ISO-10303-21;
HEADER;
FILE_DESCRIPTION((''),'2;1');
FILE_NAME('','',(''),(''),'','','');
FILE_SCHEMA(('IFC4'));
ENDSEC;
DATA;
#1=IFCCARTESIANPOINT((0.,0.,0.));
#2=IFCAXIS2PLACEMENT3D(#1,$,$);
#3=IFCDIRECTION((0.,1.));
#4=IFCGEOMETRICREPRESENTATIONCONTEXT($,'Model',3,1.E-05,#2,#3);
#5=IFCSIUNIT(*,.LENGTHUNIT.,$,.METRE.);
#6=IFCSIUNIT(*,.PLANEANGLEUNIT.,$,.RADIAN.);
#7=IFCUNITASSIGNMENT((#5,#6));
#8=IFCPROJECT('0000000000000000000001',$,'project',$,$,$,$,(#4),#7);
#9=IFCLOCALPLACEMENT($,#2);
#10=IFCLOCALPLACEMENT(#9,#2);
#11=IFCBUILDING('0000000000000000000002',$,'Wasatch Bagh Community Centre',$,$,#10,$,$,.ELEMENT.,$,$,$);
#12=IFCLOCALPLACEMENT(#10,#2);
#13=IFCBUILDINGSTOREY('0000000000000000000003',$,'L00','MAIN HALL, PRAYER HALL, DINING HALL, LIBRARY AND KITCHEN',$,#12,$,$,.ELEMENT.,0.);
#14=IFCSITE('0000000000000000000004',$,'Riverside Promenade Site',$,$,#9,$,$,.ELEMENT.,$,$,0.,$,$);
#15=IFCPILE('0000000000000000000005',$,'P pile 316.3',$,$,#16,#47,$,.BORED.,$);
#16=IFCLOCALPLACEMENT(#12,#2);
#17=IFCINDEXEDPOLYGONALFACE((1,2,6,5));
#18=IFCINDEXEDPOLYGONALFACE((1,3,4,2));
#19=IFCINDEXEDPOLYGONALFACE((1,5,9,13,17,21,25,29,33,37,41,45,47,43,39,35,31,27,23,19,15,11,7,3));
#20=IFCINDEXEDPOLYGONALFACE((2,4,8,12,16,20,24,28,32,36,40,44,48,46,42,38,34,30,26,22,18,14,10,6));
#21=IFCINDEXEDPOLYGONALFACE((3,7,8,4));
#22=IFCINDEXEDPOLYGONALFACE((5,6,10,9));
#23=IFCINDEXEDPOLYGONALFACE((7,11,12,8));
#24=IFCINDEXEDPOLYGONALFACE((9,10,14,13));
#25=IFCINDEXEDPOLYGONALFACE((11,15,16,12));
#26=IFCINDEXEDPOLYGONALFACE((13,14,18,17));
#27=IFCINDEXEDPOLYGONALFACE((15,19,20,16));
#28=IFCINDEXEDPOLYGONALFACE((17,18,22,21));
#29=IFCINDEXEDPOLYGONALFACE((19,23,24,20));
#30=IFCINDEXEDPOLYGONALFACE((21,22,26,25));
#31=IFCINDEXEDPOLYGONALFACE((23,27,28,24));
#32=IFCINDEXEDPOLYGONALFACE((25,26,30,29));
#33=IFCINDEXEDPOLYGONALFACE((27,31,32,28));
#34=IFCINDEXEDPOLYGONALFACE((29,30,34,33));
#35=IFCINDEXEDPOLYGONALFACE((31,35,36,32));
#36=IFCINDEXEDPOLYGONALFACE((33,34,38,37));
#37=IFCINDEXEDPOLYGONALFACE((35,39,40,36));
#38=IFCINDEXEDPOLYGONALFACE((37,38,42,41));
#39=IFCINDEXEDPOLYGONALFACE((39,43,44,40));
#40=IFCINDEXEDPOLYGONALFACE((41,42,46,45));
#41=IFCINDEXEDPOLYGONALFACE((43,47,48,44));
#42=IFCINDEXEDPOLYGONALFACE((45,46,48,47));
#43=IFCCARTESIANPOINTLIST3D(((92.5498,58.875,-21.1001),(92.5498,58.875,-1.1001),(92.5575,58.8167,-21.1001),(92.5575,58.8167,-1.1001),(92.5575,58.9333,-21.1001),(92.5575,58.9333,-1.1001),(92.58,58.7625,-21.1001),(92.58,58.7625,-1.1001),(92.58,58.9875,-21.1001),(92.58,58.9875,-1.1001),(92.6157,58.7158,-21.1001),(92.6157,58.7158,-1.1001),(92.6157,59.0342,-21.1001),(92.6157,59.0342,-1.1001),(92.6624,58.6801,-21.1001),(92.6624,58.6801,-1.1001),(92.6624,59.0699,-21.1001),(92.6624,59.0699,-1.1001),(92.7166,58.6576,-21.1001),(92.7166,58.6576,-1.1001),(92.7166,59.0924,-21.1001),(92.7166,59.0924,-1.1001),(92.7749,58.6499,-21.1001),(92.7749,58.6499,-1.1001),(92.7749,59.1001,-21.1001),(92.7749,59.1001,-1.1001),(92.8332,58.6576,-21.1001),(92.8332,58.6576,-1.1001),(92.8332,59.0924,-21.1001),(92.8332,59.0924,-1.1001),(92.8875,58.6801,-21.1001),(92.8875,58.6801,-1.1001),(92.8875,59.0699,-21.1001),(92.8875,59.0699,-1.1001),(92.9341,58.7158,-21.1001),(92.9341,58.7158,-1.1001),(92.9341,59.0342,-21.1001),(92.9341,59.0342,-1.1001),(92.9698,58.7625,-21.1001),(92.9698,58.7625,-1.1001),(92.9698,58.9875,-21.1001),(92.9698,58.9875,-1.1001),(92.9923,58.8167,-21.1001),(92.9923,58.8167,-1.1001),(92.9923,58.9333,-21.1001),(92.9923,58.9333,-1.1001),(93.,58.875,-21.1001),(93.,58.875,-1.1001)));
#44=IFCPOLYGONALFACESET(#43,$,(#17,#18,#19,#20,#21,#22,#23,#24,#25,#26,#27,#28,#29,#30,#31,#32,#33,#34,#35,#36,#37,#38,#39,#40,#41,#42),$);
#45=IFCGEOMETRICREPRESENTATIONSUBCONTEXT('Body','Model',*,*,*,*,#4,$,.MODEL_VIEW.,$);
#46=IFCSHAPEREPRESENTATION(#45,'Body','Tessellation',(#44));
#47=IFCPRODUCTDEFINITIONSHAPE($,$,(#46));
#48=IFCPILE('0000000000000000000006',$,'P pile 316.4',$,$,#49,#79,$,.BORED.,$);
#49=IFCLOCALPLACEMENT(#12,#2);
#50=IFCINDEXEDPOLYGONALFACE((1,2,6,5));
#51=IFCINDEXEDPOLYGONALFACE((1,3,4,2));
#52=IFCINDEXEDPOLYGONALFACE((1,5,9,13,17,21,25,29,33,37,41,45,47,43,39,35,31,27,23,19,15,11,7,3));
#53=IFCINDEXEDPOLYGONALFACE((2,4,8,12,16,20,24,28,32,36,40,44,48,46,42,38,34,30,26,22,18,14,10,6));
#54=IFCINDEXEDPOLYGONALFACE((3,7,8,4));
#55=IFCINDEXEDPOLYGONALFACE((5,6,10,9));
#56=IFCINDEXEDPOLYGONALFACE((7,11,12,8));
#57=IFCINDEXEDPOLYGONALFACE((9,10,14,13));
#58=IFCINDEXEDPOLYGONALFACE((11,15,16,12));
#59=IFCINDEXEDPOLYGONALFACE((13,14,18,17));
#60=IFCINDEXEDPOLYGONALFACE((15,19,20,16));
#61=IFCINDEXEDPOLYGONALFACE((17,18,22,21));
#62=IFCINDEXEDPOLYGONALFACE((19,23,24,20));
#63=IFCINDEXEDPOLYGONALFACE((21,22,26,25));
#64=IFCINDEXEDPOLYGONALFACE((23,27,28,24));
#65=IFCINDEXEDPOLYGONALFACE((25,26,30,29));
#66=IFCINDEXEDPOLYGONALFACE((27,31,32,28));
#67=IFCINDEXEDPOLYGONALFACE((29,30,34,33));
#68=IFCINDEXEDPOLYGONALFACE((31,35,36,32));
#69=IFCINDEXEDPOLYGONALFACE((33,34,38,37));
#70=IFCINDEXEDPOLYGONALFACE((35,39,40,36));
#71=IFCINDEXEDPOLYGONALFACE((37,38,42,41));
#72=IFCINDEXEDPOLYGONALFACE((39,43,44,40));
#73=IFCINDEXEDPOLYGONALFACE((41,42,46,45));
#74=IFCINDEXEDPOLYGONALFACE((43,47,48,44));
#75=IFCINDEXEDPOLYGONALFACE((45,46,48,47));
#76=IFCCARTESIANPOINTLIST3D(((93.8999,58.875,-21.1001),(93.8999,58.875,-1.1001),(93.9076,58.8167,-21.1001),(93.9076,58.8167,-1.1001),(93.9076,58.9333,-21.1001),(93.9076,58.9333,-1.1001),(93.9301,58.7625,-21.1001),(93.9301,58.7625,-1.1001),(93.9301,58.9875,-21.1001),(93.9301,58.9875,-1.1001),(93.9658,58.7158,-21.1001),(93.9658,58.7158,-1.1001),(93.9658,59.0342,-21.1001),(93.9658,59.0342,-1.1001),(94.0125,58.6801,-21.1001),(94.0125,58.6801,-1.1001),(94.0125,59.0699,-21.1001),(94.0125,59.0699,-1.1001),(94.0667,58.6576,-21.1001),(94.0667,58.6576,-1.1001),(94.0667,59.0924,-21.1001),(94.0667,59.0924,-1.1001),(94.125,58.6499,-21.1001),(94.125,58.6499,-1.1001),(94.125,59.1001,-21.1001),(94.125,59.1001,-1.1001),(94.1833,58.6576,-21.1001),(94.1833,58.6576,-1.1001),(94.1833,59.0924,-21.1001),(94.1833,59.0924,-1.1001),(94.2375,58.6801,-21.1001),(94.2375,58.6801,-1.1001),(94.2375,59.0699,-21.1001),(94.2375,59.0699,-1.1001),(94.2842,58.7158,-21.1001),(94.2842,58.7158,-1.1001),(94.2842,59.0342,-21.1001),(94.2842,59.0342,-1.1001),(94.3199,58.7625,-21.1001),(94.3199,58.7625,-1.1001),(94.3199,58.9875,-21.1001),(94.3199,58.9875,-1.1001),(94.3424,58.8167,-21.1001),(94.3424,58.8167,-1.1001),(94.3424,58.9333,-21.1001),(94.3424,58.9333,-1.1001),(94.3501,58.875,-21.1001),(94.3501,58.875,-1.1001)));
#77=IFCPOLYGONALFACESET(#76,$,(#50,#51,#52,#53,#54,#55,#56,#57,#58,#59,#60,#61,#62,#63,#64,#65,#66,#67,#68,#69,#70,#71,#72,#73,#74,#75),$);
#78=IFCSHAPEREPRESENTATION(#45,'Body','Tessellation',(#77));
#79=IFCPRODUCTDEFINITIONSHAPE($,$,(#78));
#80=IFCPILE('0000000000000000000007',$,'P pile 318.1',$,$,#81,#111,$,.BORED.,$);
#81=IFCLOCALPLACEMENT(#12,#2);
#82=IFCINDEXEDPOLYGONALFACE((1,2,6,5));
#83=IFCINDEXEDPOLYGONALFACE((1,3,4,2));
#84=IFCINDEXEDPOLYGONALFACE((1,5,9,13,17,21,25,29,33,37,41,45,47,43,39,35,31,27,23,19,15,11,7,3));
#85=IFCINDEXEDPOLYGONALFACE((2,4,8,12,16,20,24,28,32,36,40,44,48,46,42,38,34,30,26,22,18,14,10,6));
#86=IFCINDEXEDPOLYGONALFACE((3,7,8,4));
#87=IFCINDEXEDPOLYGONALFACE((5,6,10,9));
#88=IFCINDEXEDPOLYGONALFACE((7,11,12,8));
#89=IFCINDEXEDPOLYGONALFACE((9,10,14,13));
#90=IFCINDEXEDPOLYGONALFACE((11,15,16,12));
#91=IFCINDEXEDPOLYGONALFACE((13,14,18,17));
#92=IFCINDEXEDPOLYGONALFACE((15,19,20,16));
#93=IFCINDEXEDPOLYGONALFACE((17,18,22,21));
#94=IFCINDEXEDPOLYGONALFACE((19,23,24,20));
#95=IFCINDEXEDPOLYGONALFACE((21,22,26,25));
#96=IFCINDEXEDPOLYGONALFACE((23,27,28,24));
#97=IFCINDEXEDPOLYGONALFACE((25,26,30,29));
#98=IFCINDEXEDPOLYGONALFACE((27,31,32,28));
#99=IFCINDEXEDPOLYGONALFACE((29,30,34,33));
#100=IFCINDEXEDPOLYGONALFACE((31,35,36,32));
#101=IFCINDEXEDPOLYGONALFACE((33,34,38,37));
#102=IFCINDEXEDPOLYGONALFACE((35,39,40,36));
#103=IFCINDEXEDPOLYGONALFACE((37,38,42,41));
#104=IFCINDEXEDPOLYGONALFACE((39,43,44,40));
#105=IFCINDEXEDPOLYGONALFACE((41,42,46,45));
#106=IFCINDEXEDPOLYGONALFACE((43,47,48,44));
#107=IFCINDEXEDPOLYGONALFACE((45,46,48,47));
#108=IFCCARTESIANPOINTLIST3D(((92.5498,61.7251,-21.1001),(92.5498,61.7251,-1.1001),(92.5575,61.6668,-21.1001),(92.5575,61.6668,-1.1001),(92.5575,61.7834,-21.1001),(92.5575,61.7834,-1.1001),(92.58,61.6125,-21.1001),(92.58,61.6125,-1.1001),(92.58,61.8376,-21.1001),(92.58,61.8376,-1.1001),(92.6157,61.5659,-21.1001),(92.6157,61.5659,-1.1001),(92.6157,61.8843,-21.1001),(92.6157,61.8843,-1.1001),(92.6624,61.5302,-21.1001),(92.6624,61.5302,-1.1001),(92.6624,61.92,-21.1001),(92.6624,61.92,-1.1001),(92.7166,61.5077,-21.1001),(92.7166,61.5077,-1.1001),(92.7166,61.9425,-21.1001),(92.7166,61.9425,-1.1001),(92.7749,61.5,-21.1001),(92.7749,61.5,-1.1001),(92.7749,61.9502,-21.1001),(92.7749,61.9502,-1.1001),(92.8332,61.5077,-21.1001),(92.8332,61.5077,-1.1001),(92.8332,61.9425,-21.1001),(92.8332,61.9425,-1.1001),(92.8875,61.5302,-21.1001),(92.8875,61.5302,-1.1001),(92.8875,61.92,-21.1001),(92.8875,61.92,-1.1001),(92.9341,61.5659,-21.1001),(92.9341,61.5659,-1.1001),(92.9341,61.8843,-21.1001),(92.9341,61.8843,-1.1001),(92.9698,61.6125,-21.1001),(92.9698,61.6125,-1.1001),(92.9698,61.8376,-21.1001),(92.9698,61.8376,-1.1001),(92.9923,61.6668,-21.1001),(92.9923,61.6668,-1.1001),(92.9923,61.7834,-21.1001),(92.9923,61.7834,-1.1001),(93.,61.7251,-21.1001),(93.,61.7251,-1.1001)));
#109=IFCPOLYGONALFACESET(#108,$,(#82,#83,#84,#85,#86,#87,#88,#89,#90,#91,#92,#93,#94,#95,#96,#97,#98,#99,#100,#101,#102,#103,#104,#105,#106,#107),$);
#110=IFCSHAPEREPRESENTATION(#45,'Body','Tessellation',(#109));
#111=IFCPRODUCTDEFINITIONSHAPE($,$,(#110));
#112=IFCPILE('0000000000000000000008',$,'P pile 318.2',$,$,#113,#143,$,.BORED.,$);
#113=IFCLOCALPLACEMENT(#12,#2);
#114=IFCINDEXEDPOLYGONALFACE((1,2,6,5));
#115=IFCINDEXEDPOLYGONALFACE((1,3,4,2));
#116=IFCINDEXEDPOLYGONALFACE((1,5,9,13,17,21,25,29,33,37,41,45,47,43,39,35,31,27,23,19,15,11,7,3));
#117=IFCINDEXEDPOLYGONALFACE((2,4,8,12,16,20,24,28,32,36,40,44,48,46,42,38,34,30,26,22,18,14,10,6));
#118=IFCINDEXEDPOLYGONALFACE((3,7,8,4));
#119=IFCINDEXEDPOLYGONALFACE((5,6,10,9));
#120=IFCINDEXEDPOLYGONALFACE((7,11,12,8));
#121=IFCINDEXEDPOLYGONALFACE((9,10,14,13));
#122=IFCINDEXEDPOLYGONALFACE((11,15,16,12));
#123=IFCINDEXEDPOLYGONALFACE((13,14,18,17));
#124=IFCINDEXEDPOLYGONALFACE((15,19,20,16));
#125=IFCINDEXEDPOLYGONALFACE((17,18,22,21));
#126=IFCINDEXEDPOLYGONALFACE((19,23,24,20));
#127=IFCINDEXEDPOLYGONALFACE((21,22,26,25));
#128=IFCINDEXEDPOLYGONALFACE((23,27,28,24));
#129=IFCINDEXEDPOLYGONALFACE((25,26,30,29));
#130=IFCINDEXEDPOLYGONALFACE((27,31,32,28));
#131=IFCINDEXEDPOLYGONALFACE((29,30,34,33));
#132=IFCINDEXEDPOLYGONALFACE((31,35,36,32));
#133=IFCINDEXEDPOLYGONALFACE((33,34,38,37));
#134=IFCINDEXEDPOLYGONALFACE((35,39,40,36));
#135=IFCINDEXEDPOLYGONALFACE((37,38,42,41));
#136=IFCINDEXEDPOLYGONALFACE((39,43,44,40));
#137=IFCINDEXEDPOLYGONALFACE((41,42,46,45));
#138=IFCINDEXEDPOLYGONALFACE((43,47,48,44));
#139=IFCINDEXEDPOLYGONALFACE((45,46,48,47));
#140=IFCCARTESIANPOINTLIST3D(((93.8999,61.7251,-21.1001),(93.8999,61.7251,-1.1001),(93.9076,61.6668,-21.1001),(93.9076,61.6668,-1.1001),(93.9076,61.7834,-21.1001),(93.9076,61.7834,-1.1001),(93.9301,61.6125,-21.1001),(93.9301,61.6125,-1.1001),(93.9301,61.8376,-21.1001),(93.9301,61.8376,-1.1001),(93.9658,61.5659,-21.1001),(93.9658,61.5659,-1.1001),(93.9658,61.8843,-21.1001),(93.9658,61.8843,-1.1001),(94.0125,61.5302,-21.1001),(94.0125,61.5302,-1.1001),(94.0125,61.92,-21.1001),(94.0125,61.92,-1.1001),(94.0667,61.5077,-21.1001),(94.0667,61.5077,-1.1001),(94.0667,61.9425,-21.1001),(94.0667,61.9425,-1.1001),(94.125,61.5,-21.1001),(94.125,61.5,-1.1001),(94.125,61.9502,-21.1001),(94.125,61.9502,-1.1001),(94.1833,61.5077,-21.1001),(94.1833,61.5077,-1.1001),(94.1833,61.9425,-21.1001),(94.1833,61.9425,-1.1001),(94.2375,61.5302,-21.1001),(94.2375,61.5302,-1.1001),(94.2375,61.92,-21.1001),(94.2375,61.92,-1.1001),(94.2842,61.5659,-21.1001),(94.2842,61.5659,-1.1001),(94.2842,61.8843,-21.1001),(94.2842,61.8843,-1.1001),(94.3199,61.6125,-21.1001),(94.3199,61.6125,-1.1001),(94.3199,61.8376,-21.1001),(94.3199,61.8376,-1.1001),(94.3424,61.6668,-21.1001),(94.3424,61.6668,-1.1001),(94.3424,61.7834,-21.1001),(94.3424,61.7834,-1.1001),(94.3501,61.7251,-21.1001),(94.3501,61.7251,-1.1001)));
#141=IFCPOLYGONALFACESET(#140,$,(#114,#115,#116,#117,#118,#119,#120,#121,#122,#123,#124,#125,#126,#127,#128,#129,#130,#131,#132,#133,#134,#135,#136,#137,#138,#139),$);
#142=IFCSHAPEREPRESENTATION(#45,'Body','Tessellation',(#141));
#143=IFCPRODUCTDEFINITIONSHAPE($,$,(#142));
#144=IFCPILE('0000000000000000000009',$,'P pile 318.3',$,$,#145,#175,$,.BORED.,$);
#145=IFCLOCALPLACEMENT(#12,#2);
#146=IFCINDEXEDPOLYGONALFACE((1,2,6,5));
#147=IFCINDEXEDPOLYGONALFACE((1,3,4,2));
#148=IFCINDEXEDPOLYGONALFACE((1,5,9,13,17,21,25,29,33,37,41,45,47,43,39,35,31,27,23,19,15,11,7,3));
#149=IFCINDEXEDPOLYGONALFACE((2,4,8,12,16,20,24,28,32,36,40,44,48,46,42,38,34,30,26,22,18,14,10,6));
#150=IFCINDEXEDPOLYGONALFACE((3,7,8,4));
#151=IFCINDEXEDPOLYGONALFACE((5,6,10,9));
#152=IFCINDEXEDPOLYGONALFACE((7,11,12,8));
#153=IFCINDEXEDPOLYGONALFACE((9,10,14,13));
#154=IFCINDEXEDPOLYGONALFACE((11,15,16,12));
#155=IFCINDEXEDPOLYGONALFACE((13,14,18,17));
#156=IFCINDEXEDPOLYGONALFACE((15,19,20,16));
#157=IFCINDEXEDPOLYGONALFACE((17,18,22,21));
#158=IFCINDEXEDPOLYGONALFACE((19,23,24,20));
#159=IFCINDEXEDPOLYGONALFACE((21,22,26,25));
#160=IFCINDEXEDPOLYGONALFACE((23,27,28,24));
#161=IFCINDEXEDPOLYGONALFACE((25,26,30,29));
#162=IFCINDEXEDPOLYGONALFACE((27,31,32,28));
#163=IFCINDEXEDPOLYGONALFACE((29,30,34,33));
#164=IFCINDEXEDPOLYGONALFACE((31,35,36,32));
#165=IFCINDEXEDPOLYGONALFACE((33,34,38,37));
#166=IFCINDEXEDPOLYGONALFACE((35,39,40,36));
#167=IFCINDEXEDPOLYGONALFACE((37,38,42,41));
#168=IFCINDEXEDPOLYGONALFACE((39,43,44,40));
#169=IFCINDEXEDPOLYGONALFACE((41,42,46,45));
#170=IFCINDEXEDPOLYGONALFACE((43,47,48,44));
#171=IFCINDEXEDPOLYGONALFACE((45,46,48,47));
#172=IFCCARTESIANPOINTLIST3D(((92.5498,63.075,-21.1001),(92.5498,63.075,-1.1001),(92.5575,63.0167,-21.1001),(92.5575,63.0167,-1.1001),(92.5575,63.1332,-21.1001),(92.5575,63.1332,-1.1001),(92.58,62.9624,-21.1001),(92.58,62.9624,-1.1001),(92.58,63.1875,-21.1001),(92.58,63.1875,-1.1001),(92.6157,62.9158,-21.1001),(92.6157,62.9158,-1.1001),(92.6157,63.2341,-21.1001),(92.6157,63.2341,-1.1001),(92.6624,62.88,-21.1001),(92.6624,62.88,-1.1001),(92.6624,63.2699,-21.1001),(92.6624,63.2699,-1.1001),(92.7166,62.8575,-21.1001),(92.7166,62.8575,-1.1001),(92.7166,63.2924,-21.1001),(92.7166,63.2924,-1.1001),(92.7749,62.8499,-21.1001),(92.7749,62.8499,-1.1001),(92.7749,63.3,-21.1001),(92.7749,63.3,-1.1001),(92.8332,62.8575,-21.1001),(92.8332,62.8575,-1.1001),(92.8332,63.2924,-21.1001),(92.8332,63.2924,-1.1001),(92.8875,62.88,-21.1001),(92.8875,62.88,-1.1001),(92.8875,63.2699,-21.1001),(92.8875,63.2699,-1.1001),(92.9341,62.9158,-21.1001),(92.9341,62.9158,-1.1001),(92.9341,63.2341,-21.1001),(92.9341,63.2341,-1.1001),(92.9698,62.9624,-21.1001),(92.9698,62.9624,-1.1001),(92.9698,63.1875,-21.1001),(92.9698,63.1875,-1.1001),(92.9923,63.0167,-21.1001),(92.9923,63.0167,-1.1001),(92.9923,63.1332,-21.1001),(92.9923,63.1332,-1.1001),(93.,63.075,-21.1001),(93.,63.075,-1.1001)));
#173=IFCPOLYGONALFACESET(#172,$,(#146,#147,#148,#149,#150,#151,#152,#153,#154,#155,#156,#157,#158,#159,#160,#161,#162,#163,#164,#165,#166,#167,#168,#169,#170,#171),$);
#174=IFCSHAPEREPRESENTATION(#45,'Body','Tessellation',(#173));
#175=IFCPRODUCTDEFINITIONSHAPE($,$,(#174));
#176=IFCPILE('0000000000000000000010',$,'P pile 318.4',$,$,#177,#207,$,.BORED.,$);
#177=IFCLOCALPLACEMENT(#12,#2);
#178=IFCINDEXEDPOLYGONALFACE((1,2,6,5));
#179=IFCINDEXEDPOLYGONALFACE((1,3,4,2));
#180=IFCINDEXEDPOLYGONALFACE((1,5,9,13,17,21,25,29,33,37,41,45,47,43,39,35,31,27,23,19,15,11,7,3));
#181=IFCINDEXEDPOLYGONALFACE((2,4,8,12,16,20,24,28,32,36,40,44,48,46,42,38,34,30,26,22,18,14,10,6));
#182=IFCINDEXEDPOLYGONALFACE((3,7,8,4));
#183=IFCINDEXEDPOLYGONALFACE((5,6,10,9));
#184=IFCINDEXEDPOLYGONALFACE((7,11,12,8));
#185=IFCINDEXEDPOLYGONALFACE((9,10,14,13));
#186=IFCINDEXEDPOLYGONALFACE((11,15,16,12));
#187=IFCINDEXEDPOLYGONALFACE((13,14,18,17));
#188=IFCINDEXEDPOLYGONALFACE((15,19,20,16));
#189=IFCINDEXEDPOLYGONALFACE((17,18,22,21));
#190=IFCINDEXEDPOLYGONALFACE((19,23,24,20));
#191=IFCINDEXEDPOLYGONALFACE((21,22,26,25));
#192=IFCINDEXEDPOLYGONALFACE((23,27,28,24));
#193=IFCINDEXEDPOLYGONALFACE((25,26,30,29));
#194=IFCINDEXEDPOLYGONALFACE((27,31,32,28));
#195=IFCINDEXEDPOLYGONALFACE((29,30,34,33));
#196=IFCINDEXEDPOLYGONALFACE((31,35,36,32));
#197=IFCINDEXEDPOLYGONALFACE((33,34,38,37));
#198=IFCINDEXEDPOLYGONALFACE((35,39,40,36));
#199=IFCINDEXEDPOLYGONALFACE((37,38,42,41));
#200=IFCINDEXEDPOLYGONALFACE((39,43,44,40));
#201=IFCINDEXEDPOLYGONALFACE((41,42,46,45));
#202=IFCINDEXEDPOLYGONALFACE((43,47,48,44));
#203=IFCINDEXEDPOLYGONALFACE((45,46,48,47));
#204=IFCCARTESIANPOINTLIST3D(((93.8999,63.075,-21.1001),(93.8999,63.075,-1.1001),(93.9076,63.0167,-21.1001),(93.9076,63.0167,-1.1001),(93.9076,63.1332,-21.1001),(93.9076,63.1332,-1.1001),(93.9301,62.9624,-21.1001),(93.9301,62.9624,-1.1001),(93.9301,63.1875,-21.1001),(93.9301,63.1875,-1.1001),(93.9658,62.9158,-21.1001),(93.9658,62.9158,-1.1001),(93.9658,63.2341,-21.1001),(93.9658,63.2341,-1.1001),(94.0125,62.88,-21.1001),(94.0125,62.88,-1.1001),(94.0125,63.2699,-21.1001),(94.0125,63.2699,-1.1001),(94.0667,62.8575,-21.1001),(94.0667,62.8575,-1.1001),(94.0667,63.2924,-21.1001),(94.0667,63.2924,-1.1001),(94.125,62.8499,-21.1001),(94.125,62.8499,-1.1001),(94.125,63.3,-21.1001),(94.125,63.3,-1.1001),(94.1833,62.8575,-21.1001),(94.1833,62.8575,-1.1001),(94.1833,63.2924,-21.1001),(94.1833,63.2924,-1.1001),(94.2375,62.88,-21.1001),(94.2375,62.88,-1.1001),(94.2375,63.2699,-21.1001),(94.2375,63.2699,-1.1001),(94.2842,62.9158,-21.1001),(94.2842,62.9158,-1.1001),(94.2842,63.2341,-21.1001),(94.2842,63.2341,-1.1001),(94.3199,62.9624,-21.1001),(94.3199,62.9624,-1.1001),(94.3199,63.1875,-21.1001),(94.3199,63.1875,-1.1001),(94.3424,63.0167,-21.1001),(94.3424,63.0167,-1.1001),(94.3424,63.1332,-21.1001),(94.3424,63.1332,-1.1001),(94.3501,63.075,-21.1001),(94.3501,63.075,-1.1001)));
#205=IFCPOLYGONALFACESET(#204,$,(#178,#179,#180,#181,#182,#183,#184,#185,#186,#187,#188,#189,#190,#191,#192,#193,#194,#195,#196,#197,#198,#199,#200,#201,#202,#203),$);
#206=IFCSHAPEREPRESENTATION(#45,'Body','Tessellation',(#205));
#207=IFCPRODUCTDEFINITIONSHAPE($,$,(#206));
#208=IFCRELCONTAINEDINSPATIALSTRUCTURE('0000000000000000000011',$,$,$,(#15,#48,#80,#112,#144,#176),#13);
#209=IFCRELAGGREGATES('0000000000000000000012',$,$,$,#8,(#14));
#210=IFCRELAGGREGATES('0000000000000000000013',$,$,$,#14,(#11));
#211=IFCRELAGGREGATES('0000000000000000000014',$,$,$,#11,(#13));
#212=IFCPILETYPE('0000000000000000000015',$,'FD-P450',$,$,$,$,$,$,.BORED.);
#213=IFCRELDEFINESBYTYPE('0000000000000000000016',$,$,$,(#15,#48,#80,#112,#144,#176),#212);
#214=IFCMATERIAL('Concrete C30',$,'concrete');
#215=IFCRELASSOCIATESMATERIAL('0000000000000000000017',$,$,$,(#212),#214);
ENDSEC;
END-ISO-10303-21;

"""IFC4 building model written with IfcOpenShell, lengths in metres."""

from ifc_helpers import new_model, si_unit, direction, frame, origin, origin_2d, place, context, subcontext, project, spatial, circle, extrude, material, material_profile, profile_set, type_object, element, save


model = new_model("IFC4")

# Units and contexts
model_context = context("Model", 3, precision=1e-05, world=origin(), true_north=direction((0.0, 1.0)))
body_context = subcontext(model_context, "Body", "Model", "MODEL_VIEW")
ifc_project = project(units=[si_unit("LENGTHUNIT", "METRE"), si_unit("PLANEANGLEUNIT", "RADIAN")], contexts=[model_context])

# Site, building, storey
site_placement = place(None, origin())
site = spatial("IfcSite", under=ifc_project, at=site_placement, Name="Riverside Promenade Site", CompositionType="ELEMENT", RefElevation=0.0)
building_placement = place(site_placement, origin())
building = spatial("IfcBuilding", under=site, at=building_placement, Name="Wasatch Bagh Community Centre", CompositionType="ELEMENT")
storey_placement = place(building_placement, origin())
storey = spatial("IfcBuildingStorey", under=building, at=storey_placement, Name="L00", Description="MAIN HALL, PRAYER HALL, DINING HALL, LIBRARY AND KITCHEN", CompositionType="ELEMENT", Elevation=0.0)

# Piles
ifc_material_1 = material(Name="Concrete C30", Category="concrete")
ifc_material_profile_1 = material_profile(ifc_material_1, circle(Radius=0.2251, at=origin_2d()), Name="RC D450")
ifc_profile_set_1 = profile_set([ifc_material_profile_1], Name="Concrete C30")
pile_type_1 = type_object("IfcPileType", Name="FD-P450", PredefinedType="BORED", material=ifc_profile_set_1)
for number, where, z_axis, x_axis, name in (
    (1, (92.7749, 58.875, -1.1001), (0.0, 0.0, -1.0), (1.0, 0.0, 0.0), "P pile 316.3"),
    (2, (94.125, 58.875, -1.1001), (0.0, 0.0, -1.0), (1.0, 0.0, 0.0), "P pile 316.4"),
    (3, (92.7749, 61.7251, -1.1001), (0.0, 0.0, -1.0), (1.0, 0.0, 0.0), "P pile 318.1"),
    (4, (94.125, 61.7251, -1.1001), (0.0, 0.0, -1.0), (1.0, 0.0, 0.0), "P pile 318.2"),
    (5, (92.7749, 63.075, -1.1001), (0.0, 0.0, -1.0), (1.0, 0.0, 0.0), "P pile 318.3"),
    (6, (94.125, 63.075, -1.1001), (0.0, 0.0, -1.0), (1.0, 0.0, 0.0), "P pile 318.4"),
):
    element("IfcPile", number, at=place(storey_placement, frame(where, z_axis=z_axis, x_axis=x_axis)), inside=storey, type_object=pile_type_1, Name=name, PredefinedType="BORED", context=body_context, shape_type="SweptSolid", body=[
        extrude(circle(Radius=0.2251, at=origin_2d()), origin(), (0.0, 0.0, 1.0), 20.0),
    ])

save(model, "model.ifc")
